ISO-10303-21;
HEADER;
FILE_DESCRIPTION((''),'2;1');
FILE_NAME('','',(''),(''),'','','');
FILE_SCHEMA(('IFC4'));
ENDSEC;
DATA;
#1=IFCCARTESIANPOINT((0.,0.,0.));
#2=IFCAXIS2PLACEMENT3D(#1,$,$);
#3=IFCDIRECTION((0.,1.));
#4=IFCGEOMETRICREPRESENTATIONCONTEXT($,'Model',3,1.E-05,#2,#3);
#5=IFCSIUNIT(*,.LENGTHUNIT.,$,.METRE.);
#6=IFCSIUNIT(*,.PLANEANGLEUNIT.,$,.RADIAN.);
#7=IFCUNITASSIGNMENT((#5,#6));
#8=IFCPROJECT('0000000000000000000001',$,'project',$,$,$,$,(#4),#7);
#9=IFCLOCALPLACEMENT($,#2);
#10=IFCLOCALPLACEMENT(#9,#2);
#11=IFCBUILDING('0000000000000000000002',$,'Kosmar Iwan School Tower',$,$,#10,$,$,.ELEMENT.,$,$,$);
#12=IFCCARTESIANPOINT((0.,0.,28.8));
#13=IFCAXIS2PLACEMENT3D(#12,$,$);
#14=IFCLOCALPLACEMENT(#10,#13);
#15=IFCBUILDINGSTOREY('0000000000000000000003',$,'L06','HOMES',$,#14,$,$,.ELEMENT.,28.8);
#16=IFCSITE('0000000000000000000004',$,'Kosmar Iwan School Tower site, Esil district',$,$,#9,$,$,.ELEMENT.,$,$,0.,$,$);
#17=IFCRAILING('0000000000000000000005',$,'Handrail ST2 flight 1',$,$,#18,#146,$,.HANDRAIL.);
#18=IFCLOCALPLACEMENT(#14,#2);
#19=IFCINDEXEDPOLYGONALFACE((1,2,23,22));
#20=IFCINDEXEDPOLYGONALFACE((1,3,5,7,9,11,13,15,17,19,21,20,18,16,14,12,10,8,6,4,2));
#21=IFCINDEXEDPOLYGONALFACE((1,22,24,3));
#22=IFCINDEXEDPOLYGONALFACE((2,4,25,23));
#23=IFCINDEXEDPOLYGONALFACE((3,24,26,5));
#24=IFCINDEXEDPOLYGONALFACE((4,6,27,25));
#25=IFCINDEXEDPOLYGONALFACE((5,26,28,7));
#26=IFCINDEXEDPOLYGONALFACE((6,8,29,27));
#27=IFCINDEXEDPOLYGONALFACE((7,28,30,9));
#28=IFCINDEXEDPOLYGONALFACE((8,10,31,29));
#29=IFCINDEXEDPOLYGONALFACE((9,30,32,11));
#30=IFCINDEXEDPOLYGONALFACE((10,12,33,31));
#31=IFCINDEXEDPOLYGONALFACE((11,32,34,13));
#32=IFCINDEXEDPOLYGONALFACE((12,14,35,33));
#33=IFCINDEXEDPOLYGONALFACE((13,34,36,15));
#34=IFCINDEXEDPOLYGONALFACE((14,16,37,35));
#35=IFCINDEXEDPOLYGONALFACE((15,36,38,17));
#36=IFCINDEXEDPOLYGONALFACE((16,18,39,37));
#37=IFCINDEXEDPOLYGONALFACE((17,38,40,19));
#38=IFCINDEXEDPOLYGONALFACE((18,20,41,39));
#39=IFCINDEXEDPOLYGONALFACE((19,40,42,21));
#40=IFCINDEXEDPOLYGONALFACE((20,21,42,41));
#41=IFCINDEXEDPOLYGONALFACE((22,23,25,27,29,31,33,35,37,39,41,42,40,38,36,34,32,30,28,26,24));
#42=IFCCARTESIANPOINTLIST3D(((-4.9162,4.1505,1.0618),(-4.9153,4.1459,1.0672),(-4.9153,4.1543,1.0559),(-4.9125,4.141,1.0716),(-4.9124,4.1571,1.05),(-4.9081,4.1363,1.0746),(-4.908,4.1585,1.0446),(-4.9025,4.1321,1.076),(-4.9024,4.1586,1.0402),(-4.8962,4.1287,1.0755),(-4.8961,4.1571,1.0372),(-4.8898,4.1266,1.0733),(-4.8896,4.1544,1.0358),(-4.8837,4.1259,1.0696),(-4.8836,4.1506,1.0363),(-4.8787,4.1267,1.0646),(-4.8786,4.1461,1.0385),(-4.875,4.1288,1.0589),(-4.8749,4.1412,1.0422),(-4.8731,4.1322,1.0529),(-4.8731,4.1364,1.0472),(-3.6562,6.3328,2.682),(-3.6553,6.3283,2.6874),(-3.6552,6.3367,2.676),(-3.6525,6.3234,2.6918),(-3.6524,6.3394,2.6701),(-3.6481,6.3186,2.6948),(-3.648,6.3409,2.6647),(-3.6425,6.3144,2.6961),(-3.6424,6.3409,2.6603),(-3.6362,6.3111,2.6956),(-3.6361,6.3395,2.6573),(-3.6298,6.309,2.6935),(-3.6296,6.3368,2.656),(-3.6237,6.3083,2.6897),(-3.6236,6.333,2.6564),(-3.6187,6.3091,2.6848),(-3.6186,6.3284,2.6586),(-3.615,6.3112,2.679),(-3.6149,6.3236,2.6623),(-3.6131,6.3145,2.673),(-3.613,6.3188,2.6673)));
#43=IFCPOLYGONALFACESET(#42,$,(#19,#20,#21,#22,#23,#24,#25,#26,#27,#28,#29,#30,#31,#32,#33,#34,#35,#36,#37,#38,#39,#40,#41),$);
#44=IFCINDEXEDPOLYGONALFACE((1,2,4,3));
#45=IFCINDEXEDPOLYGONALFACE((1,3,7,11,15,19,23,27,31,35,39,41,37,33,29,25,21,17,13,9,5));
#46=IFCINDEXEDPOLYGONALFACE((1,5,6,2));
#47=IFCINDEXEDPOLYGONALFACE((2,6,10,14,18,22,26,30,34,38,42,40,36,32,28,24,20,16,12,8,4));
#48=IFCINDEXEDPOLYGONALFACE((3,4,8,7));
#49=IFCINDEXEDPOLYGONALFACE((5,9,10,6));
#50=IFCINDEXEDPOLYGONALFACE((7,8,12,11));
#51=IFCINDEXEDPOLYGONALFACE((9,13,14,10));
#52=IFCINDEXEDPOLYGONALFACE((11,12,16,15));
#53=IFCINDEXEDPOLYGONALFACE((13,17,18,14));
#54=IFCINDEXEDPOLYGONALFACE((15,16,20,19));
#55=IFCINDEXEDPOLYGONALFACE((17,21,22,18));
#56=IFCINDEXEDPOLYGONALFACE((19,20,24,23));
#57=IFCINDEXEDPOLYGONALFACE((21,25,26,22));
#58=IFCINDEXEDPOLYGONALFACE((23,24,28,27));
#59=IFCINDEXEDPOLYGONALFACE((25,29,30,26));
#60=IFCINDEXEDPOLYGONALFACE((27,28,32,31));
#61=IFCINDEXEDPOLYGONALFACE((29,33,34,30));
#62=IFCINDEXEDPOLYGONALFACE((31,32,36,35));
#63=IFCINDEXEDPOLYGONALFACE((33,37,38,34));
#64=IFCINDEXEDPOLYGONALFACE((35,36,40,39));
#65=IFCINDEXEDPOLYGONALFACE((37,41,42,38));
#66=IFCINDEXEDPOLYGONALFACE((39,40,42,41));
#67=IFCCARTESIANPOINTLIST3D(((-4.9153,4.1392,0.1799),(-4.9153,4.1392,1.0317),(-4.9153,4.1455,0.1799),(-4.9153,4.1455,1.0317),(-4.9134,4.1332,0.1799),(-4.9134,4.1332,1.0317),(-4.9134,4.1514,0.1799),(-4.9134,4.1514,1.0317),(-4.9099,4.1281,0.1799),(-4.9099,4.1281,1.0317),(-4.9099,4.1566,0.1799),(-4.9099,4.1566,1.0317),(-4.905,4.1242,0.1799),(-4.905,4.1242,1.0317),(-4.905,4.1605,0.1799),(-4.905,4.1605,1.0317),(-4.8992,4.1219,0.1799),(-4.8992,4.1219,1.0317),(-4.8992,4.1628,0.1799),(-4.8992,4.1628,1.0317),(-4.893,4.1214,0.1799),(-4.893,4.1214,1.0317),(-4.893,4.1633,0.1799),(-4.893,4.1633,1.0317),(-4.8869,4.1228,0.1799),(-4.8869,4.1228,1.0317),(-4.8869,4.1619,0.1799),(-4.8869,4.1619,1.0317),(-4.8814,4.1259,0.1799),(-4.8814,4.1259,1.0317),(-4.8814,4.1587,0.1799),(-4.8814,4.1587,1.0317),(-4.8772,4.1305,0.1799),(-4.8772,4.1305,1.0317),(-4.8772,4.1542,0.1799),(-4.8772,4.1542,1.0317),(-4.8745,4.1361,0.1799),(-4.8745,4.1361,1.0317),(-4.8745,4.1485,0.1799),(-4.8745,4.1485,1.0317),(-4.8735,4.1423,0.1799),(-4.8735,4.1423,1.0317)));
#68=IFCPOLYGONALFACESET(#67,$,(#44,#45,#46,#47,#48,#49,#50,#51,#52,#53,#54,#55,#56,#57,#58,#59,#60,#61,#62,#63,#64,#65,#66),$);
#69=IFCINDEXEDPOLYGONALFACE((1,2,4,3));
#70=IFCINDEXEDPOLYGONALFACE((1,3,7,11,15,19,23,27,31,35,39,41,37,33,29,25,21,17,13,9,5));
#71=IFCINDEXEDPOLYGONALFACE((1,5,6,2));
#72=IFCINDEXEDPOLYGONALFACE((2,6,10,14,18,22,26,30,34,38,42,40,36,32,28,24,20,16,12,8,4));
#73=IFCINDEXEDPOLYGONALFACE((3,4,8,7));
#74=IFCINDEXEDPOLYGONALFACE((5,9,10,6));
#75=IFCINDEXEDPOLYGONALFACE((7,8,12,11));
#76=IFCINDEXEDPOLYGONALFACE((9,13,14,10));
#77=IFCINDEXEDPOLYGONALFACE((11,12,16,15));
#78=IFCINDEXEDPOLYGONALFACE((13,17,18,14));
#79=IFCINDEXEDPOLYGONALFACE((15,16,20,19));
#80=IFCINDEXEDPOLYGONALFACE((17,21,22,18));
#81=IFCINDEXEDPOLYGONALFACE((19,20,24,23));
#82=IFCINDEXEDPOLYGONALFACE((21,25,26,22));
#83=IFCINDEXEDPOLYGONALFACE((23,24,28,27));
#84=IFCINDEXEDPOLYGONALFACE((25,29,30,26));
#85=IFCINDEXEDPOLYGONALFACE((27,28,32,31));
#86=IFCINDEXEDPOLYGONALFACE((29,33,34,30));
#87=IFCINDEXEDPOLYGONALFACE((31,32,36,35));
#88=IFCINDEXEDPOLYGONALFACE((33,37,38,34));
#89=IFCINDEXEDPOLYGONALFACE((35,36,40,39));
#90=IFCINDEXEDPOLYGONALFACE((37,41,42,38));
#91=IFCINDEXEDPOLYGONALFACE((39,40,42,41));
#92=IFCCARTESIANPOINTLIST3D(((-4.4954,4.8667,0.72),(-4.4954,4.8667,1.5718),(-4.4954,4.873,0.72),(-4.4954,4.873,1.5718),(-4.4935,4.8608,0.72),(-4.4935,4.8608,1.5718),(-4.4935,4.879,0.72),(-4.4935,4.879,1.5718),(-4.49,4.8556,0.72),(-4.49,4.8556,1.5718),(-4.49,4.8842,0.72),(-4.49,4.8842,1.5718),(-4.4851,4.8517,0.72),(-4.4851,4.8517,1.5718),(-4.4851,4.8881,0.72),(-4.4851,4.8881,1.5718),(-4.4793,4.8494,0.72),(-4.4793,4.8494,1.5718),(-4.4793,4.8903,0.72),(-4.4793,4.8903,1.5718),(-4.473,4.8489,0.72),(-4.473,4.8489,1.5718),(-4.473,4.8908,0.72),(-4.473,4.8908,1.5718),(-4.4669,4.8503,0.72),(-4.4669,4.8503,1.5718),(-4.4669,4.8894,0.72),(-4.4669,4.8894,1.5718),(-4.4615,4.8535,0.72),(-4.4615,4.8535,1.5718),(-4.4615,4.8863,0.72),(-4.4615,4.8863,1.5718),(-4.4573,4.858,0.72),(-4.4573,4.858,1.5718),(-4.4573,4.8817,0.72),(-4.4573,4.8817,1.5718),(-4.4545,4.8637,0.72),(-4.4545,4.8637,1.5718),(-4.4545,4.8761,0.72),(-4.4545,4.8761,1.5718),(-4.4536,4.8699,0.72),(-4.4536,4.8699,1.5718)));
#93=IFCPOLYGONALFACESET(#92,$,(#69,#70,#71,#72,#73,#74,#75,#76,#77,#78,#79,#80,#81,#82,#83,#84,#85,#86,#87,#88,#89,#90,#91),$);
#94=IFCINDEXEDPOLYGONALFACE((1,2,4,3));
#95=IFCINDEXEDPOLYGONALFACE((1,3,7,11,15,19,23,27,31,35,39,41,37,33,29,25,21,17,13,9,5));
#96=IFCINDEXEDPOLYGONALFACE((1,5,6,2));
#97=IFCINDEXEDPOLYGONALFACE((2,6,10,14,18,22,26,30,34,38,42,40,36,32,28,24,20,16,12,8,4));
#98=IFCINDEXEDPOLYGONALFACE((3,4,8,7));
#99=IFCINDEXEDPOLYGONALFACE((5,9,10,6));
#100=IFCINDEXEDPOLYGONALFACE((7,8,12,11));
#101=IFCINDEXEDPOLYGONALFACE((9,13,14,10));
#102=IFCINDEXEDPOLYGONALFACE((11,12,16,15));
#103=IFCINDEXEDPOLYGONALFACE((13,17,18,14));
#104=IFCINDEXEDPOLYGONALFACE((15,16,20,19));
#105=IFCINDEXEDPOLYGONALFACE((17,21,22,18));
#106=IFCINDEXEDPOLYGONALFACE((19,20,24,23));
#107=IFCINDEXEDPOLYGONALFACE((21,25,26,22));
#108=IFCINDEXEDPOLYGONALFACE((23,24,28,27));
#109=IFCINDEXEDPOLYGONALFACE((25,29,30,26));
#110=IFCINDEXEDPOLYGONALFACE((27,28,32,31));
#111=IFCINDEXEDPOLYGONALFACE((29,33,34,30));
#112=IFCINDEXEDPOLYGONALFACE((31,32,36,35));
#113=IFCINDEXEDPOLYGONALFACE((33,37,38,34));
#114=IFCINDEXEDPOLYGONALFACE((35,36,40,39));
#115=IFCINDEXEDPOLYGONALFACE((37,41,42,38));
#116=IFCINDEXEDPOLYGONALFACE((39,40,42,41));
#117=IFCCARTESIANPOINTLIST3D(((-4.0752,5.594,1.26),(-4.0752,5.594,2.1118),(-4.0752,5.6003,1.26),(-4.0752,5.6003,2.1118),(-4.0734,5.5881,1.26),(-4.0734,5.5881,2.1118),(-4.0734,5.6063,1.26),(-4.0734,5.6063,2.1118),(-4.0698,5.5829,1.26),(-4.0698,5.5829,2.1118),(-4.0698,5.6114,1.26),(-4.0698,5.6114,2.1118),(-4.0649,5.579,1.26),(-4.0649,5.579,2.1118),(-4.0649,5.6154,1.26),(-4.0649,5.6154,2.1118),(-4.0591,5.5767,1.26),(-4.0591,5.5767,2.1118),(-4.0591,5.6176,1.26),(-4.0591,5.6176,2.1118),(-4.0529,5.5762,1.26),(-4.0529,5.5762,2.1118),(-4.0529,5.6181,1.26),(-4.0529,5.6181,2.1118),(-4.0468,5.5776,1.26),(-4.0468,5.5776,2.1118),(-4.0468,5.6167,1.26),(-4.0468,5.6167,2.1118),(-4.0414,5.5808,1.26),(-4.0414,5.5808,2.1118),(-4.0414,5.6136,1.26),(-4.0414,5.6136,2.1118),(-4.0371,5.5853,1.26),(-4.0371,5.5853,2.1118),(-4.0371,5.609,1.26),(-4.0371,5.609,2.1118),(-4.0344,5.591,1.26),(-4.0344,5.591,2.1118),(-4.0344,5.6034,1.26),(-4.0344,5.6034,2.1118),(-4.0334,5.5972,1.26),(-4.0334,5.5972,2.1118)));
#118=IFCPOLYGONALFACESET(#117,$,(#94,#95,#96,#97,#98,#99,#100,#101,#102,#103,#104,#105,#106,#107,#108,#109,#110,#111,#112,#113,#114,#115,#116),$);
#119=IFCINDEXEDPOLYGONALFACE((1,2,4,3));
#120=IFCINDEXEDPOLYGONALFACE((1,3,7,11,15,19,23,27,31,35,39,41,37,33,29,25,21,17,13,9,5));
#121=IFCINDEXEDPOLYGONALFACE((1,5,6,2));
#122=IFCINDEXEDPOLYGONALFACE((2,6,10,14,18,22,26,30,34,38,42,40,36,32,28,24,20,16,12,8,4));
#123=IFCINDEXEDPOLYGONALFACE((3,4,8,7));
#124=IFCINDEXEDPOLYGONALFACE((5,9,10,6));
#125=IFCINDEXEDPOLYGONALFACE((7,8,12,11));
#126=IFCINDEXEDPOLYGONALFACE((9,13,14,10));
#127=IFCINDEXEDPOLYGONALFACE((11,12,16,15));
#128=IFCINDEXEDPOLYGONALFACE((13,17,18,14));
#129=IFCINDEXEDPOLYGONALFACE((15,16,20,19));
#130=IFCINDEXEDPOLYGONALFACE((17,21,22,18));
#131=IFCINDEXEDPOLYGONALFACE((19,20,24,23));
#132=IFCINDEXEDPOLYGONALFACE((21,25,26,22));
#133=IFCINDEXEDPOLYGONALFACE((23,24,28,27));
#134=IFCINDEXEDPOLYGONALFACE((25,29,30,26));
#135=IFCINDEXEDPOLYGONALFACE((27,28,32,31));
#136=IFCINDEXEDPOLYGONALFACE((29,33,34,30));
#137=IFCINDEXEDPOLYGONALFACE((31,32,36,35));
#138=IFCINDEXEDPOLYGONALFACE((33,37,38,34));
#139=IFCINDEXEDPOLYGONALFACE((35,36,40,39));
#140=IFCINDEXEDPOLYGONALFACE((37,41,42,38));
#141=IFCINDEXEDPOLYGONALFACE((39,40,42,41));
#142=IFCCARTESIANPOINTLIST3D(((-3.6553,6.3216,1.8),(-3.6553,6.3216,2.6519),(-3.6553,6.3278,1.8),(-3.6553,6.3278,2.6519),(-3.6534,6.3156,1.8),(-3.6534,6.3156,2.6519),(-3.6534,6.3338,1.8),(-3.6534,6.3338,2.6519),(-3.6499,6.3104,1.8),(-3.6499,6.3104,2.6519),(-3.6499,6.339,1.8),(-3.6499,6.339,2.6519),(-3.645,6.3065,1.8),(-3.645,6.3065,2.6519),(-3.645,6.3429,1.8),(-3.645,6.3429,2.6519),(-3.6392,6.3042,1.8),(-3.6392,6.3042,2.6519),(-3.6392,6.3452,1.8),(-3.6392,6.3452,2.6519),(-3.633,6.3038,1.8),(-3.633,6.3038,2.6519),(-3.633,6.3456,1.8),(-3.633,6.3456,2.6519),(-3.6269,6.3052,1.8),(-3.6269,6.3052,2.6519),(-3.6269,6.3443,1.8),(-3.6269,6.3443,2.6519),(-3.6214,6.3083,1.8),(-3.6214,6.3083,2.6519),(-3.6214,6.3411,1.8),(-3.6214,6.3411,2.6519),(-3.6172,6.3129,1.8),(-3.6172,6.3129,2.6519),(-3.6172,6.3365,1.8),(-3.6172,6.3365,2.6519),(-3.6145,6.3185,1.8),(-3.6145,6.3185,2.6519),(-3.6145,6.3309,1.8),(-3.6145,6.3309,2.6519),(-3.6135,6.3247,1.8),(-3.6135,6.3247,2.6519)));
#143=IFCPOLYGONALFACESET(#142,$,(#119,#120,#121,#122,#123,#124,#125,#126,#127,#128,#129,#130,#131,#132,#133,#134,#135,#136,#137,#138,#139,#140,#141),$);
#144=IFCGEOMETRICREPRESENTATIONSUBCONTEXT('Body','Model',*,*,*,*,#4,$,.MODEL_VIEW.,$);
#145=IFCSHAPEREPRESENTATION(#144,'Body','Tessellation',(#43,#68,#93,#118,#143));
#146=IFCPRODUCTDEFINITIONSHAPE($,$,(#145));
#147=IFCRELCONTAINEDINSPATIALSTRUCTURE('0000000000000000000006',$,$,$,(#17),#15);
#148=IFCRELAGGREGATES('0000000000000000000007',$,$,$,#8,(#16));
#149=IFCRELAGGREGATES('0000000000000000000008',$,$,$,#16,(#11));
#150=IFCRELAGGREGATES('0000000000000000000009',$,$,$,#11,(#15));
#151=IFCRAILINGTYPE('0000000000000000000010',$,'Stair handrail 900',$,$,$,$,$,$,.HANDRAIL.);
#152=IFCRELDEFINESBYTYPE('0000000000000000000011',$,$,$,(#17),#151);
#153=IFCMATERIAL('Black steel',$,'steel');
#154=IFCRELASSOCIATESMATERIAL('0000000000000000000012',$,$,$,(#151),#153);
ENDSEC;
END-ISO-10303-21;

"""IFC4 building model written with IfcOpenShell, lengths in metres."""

from ifc_helpers import new_model, si_unit, direction, frame, origin, origin_2d, place, context, subcontext, project, spatial, circle, extrude, material, type_object, element, save


model = new_model("IFC4")

# Units and contexts
model_context = context("Model", 3, precision=1e-05, world=origin(), true_north=direction((0.0, 1.0)))
body_context = subcontext(model_context, "Body", "Model", "MODEL_VIEW")
ifc_project = project(units=[si_unit("LENGTHUNIT", "METRE"), si_unit("PLANEANGLEUNIT", "RADIAN")], contexts=[model_context])

# Site, building, storey
site_placement = place(None, origin())
site = spatial("IfcSite", under=ifc_project, at=site_placement, Name="Kosmar Iwan School Tower site, Esil district", CompositionType="ELEMENT", RefElevation=0.0)
building_placement = place(site_placement, origin())
building = spatial("IfcBuilding", under=site, at=building_placement, Name="Kosmar Iwan School Tower", CompositionType="ELEMENT")
storey_placement = place(building_placement, frame((0.0, 0.0, 28.8)))
storey = spatial("IfcBuildingStorey", under=building, at=storey_placement, Name="L06", Description="HOMES", CompositionType="ELEMENT", Elevation=28.8)

# Railing
ifc_material_1 = material(Name="Black steel", Category="steel")
railing_type = type_object("IfcRailingType", Name="Stair handrail 900", PredefinedType="HANDRAIL", material=ifc_material_1)
railing_placement = place(storey_placement, frame((-4.8945, 4.1423, 0.1799)))
element("IfcRailing", 1, at=railing_placement, inside=storey, type_object=railing_type, Name="Handrail ST2 flight 1", PredefinedType="HANDRAIL", context=body_context, shape_type="SweptSolid", body=[
    extrude(circle(Radius=0.0239, at=origin_2d()), frame((0.0, 0.0, 0.876), z_axis=(0.420584, 0.728464, 0.540786), x_axis=(-0.866023, 0.500005, 0.0)), (0.0, 0.0, 1.0), 2.9958),
    extrude(circle(Radius=0.021, at=origin_2d()), origin(), (0.0, 0.0, 1.0), 0.8518),
    extrude(circle(Radius=0.021, at=origin_2d()), frame((0.4199, 0.7275, 0.54)), (0.0, 0.0, 1.0), 0.8518),
    extrude(circle(Radius=0.021, at=origin_2d()), frame((0.8401, 1.4548, 1.0801)), (0.0, 0.0, 1.0), 0.8518),
    extrude(circle(Radius=0.021, at=origin_2d()), frame((1.26, 2.1824, 1.6201)), (0.0, 0.0, 1.0), 0.8518),
])

save(model, "model.ifc")
